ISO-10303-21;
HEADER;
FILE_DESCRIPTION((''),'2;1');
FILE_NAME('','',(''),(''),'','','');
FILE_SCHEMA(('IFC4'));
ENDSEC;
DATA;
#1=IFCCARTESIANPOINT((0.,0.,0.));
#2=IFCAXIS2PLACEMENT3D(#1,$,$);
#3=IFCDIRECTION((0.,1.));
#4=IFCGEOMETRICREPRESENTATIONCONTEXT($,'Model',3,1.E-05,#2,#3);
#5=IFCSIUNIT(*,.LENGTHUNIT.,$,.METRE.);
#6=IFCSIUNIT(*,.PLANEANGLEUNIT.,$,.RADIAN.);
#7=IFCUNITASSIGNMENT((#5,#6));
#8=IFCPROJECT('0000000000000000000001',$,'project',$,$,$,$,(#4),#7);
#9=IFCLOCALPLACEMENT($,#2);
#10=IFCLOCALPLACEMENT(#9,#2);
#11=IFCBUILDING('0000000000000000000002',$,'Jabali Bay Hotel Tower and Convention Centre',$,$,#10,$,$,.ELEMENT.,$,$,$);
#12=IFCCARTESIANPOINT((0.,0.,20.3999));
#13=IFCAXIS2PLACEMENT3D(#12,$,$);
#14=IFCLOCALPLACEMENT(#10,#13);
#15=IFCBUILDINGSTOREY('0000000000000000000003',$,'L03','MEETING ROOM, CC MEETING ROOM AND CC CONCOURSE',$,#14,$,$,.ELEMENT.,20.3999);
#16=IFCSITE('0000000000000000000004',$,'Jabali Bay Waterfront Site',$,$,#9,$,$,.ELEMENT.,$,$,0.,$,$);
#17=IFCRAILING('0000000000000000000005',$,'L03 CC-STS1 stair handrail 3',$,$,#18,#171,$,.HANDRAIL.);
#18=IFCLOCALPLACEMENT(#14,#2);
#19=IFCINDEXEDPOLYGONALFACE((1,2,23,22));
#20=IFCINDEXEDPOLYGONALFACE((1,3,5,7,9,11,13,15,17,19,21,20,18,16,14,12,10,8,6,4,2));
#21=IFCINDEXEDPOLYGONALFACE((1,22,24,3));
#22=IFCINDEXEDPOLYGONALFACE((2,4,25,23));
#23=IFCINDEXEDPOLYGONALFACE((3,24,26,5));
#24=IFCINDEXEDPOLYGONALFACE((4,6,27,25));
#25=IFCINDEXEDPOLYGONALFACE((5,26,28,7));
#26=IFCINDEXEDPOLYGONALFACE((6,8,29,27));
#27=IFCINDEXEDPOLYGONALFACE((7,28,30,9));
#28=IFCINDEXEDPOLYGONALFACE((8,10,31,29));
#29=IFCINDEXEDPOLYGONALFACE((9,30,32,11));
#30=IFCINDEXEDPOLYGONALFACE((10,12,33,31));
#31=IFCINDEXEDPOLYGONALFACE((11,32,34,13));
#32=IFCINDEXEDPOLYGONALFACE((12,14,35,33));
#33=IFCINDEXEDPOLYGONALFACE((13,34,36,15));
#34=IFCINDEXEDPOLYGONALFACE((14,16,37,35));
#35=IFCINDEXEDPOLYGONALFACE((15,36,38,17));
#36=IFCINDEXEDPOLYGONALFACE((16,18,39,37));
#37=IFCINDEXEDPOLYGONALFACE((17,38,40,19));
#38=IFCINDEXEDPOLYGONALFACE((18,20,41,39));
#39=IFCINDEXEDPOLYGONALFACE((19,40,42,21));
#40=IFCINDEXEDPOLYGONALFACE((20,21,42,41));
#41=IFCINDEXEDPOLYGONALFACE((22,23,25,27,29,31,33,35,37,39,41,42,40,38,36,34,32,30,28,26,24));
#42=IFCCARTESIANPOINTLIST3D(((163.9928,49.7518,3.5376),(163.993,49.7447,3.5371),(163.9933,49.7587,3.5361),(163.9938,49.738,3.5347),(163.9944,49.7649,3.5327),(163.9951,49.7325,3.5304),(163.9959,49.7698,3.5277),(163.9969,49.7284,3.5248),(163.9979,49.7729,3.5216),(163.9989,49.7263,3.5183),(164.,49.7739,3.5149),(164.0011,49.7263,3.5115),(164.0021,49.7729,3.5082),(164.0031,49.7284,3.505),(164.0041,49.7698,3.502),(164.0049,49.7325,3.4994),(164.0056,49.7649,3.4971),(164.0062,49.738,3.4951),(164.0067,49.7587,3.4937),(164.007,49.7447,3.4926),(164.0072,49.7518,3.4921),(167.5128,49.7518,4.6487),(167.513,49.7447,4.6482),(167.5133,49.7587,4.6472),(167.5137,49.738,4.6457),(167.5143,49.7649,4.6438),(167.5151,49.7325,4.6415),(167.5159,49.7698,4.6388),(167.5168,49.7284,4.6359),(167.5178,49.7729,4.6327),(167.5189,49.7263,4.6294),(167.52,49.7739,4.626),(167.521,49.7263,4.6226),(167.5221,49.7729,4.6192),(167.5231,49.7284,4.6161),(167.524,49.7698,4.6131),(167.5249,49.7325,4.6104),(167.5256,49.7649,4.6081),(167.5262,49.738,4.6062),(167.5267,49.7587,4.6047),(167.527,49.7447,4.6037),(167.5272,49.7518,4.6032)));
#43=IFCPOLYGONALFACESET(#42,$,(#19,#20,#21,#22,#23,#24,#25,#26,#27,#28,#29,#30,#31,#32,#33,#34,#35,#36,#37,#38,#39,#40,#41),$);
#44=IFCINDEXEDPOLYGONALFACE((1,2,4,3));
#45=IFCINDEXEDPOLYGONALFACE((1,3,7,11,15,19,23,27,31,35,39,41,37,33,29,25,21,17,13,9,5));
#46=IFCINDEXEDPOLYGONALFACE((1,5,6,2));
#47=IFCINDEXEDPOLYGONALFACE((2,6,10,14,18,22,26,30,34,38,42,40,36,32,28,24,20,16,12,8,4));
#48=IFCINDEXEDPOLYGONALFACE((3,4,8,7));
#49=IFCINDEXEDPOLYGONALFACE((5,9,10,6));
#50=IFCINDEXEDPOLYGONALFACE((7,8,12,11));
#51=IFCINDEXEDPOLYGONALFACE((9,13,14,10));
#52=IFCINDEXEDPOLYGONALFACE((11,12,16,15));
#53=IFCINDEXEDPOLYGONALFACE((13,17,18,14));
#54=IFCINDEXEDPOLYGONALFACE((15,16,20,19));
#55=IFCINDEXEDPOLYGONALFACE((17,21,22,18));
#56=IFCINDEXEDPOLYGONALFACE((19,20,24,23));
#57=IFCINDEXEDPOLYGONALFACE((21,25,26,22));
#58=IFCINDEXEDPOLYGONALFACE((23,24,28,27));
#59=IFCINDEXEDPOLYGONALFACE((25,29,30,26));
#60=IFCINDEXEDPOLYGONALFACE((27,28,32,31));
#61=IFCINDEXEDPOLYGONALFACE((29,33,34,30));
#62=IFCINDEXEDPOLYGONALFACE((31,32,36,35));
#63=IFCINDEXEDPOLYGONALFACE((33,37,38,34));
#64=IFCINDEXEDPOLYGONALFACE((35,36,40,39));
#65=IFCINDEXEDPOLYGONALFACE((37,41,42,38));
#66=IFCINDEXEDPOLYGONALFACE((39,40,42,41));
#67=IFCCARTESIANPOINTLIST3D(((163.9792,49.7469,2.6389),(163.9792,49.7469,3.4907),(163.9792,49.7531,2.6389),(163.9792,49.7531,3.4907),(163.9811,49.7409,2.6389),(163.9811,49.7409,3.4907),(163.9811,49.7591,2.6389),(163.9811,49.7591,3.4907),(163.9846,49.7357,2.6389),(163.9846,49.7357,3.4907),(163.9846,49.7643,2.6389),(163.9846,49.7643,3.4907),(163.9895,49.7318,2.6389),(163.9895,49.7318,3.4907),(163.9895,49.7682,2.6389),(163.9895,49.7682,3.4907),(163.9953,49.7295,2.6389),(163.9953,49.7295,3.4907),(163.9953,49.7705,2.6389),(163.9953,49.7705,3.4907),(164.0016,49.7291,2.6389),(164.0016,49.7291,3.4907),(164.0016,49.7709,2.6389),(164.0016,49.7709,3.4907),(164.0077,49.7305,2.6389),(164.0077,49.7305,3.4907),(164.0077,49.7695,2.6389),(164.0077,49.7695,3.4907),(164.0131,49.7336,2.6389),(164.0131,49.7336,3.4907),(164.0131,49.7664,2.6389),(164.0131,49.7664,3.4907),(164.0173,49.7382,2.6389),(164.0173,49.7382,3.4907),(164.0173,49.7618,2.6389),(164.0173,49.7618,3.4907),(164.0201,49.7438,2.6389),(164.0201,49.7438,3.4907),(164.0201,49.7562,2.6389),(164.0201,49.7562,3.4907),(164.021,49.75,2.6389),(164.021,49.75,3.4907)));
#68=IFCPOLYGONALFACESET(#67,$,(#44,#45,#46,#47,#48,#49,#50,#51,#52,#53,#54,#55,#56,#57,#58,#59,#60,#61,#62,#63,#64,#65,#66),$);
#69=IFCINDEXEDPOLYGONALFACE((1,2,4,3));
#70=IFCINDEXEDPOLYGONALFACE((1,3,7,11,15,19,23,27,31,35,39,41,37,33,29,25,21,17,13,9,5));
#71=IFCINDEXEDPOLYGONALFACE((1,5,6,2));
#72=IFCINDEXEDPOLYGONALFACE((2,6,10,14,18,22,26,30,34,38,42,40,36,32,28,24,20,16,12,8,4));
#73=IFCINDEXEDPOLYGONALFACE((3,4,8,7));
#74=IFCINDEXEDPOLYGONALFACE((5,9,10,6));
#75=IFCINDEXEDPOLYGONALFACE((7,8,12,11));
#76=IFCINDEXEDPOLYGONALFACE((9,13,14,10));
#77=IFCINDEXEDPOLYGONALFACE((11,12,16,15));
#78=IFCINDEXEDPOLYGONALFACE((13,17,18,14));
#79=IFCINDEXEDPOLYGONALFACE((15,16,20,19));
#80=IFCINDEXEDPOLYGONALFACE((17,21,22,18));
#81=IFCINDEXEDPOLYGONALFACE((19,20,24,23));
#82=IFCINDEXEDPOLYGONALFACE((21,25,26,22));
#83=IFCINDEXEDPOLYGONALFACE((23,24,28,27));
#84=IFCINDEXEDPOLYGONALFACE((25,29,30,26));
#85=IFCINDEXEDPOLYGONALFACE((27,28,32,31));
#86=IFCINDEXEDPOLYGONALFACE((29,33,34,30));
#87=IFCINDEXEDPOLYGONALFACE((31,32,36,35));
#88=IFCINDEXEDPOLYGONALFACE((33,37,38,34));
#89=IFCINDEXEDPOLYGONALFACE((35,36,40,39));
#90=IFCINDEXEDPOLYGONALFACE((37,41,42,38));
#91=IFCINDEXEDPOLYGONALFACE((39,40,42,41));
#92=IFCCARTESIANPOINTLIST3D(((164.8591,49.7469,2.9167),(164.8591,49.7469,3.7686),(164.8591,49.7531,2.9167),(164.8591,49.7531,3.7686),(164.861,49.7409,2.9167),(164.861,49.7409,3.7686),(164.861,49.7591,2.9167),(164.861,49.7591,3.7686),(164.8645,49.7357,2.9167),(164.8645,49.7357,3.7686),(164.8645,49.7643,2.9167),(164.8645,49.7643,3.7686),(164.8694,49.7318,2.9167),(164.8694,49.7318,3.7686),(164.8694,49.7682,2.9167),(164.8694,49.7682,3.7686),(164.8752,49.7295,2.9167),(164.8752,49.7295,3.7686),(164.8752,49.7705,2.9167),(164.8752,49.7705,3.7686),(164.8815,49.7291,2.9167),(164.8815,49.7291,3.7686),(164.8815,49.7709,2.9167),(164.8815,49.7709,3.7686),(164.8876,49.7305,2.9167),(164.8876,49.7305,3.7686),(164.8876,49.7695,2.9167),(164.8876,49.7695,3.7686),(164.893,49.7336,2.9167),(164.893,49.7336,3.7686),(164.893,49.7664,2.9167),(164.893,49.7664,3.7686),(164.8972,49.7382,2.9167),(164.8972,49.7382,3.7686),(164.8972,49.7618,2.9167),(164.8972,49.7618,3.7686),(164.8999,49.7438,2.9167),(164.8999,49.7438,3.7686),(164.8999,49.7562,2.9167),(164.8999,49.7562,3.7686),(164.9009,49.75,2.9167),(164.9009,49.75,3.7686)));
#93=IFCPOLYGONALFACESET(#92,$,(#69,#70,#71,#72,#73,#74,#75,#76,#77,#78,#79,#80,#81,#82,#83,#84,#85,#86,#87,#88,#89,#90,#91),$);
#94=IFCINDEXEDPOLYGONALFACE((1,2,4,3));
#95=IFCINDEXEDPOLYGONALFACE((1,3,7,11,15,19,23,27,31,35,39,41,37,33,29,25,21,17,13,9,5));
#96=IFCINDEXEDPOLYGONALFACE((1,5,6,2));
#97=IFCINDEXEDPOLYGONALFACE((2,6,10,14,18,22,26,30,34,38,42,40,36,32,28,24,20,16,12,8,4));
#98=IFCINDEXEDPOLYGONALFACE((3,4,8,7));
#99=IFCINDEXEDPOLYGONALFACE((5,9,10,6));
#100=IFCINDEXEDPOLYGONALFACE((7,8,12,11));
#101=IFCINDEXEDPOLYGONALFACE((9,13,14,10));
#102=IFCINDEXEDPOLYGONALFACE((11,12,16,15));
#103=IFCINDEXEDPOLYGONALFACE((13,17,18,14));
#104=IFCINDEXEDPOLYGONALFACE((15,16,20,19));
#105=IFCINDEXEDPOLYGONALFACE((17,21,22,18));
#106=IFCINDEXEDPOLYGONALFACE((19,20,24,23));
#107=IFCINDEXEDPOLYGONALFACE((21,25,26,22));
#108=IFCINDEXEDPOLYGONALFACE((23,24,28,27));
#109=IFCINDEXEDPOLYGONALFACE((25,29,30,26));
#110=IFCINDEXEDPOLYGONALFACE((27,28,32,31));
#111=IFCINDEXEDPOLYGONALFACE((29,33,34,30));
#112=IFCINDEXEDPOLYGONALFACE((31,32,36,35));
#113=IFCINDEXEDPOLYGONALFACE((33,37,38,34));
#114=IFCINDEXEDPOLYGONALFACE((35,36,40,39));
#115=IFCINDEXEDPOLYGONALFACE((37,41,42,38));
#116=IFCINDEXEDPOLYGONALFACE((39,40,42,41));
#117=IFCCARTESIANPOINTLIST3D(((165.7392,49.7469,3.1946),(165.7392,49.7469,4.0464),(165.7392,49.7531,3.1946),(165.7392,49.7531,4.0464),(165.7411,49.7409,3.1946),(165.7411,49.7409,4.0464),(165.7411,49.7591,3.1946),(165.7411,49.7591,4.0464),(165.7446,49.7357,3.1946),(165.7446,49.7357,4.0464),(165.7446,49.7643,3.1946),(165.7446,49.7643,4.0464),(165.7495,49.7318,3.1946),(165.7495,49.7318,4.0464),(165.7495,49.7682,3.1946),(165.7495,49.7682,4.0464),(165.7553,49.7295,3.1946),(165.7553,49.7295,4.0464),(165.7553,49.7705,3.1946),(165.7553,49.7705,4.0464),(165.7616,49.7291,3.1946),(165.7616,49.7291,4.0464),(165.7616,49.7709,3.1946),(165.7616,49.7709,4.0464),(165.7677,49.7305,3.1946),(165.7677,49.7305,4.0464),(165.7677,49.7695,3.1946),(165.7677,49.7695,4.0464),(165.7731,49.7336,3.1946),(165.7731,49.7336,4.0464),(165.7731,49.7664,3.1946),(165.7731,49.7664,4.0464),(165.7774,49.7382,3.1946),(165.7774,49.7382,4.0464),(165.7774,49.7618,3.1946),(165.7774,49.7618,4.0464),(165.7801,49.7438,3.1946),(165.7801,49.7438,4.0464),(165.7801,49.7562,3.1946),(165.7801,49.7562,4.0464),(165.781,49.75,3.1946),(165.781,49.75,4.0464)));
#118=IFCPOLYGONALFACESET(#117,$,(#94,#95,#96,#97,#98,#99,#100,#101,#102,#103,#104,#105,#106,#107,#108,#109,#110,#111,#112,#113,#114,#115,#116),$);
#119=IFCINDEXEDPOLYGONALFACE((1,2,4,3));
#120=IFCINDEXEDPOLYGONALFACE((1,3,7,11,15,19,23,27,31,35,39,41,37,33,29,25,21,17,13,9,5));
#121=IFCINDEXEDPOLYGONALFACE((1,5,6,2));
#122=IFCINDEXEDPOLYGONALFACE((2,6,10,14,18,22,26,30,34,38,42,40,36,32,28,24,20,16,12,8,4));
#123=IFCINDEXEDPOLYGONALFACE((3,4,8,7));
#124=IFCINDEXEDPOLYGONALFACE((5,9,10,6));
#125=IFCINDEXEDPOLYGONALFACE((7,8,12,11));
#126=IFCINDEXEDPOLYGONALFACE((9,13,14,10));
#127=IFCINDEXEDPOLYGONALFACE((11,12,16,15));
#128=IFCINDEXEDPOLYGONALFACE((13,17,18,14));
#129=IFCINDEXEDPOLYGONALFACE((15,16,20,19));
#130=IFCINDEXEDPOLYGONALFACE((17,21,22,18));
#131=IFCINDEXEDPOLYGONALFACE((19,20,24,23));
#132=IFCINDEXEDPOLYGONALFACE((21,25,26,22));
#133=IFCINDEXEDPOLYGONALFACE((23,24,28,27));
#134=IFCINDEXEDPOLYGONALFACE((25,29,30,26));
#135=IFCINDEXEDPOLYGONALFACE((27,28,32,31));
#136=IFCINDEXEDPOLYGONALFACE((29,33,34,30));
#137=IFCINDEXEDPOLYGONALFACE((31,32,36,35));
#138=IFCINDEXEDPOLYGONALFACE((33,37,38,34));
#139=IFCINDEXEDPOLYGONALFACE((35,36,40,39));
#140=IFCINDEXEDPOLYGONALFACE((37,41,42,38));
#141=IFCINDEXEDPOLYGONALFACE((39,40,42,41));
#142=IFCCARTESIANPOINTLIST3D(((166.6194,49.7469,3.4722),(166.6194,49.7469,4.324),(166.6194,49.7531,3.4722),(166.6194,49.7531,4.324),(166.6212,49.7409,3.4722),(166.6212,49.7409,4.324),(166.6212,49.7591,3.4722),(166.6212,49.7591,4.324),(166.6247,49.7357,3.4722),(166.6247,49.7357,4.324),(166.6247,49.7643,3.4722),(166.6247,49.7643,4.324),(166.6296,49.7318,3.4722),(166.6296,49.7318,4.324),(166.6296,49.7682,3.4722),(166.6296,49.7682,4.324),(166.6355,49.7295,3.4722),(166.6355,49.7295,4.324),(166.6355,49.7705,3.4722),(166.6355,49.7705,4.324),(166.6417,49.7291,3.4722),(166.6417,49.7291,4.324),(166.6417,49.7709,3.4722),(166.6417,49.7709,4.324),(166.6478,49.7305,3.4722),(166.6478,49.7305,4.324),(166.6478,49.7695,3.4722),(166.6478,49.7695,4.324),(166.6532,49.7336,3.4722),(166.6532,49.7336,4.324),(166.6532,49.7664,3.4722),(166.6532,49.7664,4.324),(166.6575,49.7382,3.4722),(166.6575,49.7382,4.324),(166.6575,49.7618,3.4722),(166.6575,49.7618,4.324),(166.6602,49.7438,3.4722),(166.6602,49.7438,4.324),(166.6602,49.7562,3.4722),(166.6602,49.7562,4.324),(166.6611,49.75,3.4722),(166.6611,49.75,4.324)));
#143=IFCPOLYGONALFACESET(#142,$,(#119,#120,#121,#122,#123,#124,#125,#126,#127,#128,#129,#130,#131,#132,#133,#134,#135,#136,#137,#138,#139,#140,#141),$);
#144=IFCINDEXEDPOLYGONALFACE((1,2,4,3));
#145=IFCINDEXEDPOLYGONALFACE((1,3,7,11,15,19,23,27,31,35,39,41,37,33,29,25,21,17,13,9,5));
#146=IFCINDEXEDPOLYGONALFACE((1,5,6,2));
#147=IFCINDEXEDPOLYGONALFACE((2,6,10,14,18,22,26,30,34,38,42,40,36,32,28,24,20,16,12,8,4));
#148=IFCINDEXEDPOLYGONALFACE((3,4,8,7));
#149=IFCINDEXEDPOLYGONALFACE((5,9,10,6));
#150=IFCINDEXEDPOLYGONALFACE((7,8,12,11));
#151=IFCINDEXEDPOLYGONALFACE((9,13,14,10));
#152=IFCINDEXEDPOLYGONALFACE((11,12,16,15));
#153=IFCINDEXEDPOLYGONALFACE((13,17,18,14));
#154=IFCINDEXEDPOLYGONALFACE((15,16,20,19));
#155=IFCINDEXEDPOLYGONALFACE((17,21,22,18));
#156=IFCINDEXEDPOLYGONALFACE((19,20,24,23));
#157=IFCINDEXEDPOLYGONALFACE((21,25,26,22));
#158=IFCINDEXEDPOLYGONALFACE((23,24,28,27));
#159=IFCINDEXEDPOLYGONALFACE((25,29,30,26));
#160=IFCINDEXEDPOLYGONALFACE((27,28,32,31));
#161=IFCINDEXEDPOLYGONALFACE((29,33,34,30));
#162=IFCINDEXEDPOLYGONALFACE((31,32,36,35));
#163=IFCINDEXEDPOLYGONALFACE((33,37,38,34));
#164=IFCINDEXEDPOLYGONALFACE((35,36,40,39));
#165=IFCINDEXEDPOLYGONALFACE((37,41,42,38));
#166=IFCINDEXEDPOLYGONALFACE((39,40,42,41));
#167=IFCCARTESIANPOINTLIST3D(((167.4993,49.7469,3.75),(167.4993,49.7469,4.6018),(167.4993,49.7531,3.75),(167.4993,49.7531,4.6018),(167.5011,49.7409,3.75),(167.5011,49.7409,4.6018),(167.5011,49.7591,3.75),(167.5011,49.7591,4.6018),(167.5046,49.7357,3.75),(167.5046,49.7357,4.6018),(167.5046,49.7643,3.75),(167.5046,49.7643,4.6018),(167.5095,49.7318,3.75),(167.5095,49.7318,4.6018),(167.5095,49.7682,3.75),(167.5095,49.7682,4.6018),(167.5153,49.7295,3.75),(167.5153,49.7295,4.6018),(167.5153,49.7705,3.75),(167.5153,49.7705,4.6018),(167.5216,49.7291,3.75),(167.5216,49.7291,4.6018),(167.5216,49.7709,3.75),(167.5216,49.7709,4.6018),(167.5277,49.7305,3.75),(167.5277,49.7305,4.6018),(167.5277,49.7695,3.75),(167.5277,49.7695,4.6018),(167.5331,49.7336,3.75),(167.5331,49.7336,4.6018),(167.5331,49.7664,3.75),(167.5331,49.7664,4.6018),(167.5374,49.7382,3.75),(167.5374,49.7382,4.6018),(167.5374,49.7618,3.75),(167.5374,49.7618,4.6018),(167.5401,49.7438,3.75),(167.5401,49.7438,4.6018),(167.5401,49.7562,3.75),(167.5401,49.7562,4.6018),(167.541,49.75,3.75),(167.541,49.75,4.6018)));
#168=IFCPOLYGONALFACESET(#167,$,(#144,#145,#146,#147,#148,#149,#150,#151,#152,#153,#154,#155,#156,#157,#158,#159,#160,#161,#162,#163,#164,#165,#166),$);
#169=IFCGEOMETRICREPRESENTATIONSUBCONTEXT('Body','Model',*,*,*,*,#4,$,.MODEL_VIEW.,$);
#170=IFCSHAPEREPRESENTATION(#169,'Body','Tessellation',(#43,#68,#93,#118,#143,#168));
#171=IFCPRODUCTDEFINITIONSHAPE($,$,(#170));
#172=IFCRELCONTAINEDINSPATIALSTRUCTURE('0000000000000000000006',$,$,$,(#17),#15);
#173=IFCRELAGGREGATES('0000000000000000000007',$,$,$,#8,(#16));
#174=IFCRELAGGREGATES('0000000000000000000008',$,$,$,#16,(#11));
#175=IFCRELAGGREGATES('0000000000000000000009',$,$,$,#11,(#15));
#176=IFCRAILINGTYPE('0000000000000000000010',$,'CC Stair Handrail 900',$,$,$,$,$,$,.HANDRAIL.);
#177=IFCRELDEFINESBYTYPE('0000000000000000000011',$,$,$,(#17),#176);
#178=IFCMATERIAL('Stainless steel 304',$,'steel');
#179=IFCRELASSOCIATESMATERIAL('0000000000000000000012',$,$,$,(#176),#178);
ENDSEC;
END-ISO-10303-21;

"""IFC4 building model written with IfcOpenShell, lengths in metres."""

from ifc_helpers import new_model, si_unit, direction, frame, origin, origin_2d, place, context, subcontext, project, spatial, circle, extrude, material, type_object, element, save


model = new_model("IFC4")

# Units and contexts
model_context = context("Model", 3, precision=1e-05, world=origin(), true_north=direction((0.0, 1.0)))
body_context = subcontext(model_context, "Body", "Model", "MODEL_VIEW")
ifc_project = project(units=[si_unit("LENGTHUNIT", "METRE"), si_unit("PLANEANGLEUNIT", "RADIAN")], contexts=[model_context])

# Site, building, storey
site_placement = place(None, origin())
site = spatial("IfcSite", under=ifc_project, at=site_placement, Name="Jabali Bay Waterfront Site", CompositionType="ELEMENT", RefElevation=0.0)
building_placement = place(site_placement, origin())
building = spatial("IfcBuilding", under=site, at=building_placement, Name="Jabali Bay Hotel Tower and Convention Centre", CompositionType="ELEMENT")
storey_placement = place(building_placement, frame((0.0, 0.0, 20.3999)))
storey = spatial("IfcBuildingStorey", under=building, at=storey_placement, Name="L03", Description="MEETING ROOM, CC MEETING ROOM AND CC CONCOURSE", CompositionType="ELEMENT", Elevation=20.3999)

# Railing
ifc_material_1 = material(Name="Stainless steel 304", Category="steel")
railing_type_1 = type_object("IfcRailingType", Name="CC Stair Handrail 900", PredefinedType="HANDRAIL", material=ifc_material_1)
for number, where, name in (
    (1, (164.0, 49.75, 2.6389), "L03 CC-STS1 stair handrail 3"),
):
    element("IfcRailing", number, at=place(storey_placement, frame(where)), inside=storey, type_object=railing_type_1, Name=name, PredefinedType="HANDRAIL", context=body_context, shape_type="SweptSolid", body=[
        extrude(circle(Radius=0.0239, at=origin_2d()), frame((0.0, 0.0, 0.876), z_axis=(0.953622, 0.0, 0.301008), x_axis=(0.0, 1.0, 0.0)), (0.0, 0.0, 1.0), 3.6912),
        extrude(circle(Radius=0.021, at=origin_2d()), origin(), (0.0, 0.0, 1.0), 0.8518),
        extrude(circle(Radius=0.021, at=origin_2d()), frame((0.8799, 0.0, 0.2778)), (0.0, 0.0, 1.0), 0.8518),
        extrude(circle(Radius=0.021, at=origin_2d()), frame((1.76, 0.0, 0.5557)), (0.0, 0.0, 1.0), 0.8518),
        extrude(circle(Radius=0.021, at=origin_2d()), frame((2.6401, 0.0, 0.8333)), (0.0, 0.0, 1.0), 0.8518),
        extrude(circle(Radius=0.021, at=origin_2d()), frame((3.52, 0.0, 1.1111)), (0.0, 0.0, 1.0), 0.8518),
    ])

save(model, "model.ifc")
